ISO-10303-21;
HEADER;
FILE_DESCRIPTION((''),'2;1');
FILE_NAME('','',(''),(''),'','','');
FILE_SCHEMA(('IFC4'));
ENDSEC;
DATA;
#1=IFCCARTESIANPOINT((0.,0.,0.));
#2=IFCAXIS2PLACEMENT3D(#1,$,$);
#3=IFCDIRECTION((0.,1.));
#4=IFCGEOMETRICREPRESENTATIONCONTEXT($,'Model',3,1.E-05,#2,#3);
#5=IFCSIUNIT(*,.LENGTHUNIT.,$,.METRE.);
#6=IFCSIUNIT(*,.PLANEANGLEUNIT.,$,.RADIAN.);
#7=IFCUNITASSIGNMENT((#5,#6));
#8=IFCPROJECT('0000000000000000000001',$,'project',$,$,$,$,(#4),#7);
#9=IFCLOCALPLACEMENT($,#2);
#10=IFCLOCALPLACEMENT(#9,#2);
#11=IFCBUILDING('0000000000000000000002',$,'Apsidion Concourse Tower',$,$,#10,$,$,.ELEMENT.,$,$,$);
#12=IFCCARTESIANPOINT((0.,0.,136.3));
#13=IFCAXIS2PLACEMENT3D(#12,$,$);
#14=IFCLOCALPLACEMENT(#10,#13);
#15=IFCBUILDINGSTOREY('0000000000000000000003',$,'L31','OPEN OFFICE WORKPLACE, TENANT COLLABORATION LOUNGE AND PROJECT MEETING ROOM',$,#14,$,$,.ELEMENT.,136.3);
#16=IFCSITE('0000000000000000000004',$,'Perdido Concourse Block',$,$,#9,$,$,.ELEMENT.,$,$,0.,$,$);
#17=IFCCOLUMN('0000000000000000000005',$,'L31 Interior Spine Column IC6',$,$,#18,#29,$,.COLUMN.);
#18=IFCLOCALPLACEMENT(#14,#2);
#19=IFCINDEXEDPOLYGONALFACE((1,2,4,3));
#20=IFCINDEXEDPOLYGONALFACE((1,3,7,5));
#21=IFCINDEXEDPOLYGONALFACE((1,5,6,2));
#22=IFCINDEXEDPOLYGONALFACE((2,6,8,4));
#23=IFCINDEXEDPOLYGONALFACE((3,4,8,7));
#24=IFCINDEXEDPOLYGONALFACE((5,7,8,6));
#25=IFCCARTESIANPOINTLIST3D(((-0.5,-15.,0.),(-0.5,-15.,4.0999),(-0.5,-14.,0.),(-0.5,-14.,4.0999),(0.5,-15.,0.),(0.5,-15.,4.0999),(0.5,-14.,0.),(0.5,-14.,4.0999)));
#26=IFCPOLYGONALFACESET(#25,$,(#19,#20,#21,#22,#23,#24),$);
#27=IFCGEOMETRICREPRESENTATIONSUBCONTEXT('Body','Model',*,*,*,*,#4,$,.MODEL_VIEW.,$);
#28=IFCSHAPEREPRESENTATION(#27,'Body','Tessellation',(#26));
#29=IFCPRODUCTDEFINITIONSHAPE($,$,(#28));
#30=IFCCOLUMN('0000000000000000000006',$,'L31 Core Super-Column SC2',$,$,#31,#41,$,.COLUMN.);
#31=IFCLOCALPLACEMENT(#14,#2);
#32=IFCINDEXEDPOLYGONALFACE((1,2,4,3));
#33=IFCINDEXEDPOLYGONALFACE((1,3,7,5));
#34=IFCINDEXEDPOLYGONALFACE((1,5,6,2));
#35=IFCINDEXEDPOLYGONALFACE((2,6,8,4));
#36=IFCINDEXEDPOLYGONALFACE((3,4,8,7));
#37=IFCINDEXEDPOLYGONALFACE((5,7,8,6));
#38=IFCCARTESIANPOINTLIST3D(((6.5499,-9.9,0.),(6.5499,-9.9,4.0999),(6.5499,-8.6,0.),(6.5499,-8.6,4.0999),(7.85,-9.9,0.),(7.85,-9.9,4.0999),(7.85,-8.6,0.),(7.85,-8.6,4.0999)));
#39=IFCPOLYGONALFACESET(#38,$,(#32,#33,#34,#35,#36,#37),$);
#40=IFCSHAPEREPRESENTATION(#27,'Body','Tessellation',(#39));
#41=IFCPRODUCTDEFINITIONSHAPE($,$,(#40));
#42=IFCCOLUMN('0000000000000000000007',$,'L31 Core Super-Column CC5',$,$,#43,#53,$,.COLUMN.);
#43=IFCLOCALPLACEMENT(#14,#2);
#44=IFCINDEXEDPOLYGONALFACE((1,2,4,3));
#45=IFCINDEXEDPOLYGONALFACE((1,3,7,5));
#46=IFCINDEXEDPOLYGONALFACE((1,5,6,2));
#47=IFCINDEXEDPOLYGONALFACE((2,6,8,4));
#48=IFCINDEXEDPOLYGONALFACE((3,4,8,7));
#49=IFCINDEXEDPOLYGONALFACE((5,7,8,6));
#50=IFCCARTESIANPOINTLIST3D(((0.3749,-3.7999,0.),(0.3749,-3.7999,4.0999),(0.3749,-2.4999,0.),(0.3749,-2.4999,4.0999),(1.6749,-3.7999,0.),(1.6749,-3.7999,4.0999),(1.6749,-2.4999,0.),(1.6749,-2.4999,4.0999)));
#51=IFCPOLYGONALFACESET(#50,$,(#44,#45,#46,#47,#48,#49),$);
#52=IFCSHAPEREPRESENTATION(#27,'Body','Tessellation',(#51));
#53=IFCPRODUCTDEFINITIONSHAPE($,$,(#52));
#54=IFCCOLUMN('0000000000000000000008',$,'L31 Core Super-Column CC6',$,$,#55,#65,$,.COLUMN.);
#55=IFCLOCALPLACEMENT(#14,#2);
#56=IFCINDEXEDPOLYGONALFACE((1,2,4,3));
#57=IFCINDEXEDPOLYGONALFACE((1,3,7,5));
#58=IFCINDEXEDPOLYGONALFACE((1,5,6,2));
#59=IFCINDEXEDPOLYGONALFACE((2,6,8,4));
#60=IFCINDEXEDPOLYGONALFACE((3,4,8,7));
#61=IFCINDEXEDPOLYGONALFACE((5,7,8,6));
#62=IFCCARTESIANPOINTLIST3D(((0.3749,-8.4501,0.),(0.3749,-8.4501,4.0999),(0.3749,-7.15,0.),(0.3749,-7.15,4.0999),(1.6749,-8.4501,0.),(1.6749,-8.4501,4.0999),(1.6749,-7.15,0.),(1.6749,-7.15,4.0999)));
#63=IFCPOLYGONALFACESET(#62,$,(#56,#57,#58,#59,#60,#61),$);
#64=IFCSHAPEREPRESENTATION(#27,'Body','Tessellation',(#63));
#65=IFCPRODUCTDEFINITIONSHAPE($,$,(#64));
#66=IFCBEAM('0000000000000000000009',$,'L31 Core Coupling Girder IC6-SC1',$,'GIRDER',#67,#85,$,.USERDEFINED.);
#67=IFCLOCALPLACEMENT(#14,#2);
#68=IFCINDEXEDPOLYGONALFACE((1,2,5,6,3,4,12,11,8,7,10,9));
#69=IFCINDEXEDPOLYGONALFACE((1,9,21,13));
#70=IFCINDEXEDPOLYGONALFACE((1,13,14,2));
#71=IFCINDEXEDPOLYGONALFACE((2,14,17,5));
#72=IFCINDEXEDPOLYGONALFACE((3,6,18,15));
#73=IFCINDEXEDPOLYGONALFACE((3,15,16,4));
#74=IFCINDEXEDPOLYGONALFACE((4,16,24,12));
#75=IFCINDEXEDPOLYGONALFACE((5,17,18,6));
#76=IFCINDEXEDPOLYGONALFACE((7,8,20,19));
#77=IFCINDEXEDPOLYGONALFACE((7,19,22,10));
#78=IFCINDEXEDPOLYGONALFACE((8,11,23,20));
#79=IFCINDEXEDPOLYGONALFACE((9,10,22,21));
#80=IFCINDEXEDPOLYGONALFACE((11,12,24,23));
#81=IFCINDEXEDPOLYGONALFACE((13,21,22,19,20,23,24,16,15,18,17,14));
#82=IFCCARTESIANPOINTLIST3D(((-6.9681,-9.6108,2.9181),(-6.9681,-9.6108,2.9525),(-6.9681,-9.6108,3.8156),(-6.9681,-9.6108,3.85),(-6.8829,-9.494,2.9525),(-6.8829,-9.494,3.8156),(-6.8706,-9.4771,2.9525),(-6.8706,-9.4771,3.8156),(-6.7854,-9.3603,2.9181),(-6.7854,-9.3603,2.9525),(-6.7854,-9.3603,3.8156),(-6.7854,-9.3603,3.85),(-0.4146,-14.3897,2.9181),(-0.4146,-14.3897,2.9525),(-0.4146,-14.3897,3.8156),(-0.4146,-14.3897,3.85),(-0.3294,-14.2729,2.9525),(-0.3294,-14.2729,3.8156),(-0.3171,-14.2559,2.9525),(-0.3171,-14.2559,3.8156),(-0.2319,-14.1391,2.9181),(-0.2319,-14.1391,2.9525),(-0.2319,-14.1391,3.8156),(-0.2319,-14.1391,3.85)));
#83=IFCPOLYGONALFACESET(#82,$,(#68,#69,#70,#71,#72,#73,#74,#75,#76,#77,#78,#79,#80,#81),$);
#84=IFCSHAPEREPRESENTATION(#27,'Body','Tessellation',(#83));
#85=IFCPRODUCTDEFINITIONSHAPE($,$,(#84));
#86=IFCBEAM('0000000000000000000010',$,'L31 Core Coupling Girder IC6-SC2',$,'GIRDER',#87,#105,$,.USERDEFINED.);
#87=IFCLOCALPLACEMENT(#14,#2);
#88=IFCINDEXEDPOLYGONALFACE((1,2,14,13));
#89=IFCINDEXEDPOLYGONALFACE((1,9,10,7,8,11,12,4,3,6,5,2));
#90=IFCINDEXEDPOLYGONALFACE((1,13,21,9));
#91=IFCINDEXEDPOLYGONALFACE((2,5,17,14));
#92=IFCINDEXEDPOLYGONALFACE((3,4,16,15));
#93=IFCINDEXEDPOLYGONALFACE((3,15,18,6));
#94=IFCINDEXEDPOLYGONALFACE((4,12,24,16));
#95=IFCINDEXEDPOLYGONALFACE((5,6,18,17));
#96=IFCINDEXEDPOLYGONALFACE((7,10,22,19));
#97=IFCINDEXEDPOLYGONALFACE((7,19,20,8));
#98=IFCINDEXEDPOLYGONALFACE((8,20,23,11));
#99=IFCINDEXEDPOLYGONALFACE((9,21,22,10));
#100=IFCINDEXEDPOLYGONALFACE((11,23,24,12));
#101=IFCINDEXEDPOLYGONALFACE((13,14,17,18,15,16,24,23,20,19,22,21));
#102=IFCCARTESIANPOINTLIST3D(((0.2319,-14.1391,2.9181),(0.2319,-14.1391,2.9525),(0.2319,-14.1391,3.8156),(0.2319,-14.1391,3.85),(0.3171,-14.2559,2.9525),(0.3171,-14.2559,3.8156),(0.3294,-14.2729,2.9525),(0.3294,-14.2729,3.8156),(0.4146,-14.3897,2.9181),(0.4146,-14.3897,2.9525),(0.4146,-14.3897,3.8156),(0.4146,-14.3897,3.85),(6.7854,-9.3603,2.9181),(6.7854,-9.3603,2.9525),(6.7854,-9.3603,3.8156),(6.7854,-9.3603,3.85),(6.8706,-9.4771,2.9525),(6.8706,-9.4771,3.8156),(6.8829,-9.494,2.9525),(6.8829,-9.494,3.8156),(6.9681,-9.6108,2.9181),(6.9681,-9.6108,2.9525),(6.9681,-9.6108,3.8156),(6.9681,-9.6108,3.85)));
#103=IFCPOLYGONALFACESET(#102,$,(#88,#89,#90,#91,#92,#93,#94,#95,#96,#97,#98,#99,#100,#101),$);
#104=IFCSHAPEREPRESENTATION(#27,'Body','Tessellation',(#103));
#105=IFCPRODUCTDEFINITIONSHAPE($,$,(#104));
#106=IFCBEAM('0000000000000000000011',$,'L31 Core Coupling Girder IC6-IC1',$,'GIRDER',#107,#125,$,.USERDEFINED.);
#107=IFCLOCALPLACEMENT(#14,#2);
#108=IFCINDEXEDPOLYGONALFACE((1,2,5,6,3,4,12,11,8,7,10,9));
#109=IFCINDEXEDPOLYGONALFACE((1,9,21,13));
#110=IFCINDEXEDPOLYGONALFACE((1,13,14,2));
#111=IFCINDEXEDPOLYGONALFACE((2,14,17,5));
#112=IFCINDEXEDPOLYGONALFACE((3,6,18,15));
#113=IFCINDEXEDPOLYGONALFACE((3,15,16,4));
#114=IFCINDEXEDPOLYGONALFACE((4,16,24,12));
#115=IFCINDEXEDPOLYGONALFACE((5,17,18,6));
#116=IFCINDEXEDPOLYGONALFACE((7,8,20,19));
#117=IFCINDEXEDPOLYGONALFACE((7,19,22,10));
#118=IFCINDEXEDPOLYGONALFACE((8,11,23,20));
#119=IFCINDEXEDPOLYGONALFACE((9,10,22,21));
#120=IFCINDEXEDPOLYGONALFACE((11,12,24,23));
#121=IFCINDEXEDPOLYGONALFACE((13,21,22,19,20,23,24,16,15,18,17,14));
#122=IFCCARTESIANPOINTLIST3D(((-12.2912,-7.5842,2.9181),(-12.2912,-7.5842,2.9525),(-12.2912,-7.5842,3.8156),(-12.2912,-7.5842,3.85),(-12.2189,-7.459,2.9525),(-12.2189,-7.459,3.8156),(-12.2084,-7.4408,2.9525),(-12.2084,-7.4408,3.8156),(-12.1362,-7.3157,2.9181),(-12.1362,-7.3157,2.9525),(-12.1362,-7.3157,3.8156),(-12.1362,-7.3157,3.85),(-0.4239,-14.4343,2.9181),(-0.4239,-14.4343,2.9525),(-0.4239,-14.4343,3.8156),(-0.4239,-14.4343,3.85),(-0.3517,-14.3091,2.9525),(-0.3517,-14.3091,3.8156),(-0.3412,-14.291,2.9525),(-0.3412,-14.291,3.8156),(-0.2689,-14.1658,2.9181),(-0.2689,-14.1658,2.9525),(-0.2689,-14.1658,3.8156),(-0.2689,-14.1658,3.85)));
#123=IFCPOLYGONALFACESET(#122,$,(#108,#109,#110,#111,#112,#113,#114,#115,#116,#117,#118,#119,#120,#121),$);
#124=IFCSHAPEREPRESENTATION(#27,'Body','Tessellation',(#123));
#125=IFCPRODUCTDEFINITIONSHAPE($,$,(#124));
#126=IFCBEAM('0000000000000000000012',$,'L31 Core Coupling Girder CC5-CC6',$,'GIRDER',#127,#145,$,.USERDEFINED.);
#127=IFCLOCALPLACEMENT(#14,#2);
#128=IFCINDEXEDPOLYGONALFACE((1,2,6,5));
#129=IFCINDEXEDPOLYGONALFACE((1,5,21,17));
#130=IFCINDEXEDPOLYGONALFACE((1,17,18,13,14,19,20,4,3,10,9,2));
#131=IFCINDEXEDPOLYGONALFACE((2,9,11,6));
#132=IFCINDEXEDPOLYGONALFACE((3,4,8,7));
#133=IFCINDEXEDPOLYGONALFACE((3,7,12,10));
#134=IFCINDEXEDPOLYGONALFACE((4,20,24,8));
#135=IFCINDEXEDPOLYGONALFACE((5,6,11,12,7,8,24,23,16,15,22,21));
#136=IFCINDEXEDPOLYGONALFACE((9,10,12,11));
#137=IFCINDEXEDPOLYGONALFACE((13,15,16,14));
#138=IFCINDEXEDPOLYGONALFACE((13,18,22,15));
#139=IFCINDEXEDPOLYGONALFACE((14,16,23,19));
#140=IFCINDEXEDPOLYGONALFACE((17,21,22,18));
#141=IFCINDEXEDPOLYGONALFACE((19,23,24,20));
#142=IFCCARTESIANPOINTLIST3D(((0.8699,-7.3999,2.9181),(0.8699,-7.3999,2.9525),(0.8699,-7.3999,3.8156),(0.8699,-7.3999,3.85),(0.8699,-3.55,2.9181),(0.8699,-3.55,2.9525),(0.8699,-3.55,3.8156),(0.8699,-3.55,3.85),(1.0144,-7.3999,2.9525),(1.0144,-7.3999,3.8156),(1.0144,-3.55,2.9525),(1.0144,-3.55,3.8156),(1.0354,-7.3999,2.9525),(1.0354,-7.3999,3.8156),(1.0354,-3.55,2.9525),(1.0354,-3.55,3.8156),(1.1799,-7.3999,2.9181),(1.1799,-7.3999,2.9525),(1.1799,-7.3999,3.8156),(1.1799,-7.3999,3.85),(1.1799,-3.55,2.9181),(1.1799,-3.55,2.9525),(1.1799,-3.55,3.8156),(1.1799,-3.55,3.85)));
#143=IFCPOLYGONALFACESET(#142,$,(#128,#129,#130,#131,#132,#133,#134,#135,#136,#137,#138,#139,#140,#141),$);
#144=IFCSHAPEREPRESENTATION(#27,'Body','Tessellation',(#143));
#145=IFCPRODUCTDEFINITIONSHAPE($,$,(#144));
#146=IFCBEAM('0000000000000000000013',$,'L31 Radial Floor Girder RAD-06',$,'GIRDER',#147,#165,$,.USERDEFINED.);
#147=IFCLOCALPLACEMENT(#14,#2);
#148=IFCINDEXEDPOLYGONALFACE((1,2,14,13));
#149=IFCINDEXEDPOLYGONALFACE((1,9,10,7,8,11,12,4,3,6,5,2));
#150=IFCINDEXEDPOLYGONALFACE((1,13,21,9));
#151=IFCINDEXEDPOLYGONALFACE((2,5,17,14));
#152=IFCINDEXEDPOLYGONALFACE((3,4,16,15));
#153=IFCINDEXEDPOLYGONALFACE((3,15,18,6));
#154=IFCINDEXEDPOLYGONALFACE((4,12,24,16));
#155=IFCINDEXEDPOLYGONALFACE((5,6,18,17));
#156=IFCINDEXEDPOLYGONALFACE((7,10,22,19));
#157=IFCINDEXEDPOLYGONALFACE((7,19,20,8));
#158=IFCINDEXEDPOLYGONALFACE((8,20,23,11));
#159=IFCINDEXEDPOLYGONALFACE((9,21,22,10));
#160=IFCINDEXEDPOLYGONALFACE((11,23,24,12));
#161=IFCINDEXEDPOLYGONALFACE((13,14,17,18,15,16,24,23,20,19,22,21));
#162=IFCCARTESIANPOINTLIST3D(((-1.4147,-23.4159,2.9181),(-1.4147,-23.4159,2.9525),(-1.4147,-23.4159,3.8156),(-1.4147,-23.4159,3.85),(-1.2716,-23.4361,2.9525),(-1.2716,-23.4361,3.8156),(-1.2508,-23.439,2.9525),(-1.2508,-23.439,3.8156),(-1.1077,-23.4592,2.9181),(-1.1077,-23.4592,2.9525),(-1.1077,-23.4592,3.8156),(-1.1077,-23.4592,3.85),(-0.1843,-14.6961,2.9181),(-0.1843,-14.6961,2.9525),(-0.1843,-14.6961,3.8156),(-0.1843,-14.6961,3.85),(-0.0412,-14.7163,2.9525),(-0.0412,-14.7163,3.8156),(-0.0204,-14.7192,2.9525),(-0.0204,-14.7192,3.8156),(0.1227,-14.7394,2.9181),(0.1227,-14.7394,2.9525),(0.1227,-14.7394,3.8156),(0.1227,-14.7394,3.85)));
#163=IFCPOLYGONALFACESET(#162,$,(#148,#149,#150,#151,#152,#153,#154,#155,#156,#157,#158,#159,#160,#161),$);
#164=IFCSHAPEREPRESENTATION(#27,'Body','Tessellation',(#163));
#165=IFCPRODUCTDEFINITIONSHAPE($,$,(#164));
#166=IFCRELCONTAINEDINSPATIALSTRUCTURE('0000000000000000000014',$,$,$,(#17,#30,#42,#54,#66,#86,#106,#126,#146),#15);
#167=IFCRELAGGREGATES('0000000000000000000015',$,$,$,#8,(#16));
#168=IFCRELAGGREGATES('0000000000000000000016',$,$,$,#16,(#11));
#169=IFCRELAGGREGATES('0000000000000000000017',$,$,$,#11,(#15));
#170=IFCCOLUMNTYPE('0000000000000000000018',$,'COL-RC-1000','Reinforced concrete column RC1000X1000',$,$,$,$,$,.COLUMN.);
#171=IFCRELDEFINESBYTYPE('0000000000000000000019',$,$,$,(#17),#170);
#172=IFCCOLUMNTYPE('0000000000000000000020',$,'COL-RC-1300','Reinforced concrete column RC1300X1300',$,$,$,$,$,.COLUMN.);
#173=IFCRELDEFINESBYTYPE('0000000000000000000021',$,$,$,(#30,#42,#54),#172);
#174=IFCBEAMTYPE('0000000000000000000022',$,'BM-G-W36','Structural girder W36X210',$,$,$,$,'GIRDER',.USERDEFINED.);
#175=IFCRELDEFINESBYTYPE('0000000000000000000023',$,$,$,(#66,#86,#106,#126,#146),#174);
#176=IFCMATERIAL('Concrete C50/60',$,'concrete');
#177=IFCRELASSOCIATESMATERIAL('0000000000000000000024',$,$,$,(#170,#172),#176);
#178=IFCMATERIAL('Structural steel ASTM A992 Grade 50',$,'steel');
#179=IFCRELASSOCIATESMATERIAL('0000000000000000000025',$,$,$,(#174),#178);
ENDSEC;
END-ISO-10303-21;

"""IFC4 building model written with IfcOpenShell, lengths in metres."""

from ifc_helpers import new_model, si_unit, direction, frame, origin, origin_2d, place, context, subcontext, project, spatial, rectangle, i_section, extrude, material, material_profile, profile_set, type_object, element, save


model = new_model("IFC4")

# Units and contexts
model_context = context("Model", 3, precision=1e-05, world=origin(), true_north=direction((0.0, 1.0)))
body_context = subcontext(model_context, "Body", "Model", "MODEL_VIEW")
ifc_project = project(units=[si_unit("LENGTHUNIT", "METRE"), si_unit("PLANEANGLEUNIT", "RADIAN")], contexts=[model_context])

# Site, building, storey
site_placement = place(None, origin())
site = spatial("IfcSite", under=ifc_project, at=site_placement, Name="Perdido Concourse Block", CompositionType="ELEMENT", RefElevation=0.0)
building_placement = place(site_placement, origin())
building = spatial("IfcBuilding", under=site, at=building_placement, Name="Apsidion Concourse Tower", CompositionType="ELEMENT")
storey_placement = place(building_placement, frame((0.0, 0.0, 136.3)))
storey = spatial("IfcBuildingStorey", under=building, at=storey_placement, Name="L31", Description="OPEN OFFICE WORKPLACE, TENANT COLLABORATION LOUNGE AND PROJECT MEETING ROOM", CompositionType="ELEMENT", Elevation=136.3)

# Columns
ifc_material_1 = material(Name="Concrete C50/60", Category="concrete")
ifc_material_profile_1 = material_profile(ifc_material_1, rectangle(XDim=1.0, YDim=1.0, at=origin_2d()), Name="RC 1000x1000")
ifc_profile_set_1 = profile_set([ifc_material_profile_1], Name="Concrete C50/60")
column_type_1 = type_object("IfcColumnType", Name="COL-RC-1000", Description="Reinforced concrete column RC1000X1000", PredefinedType="COLUMN", material=ifc_profile_set_1)
column_placement = place(storey_placement, frame((0.0, -14.5, 0.0), z_axis=(0.0, 0.0, 1.0), x_axis=(1.0, 0.0, 0.0)))
element("IfcColumn", 1, at=column_placement, inside=storey, type_object=column_type_1, Name="L31 Interior Spine Column IC6", PredefinedType="COLUMN", context=body_context, shape_type="SweptSolid", body=[
    extrude(rectangle(XDim=1.0, YDim=1.0, at=origin_2d()), origin(), (0.0, 0.0, 1.0), 4.0999),
])
ifc_material_profile_2 = material_profile(ifc_material_1, rectangle(XDim=1.3, YDim=1.3, at=origin_2d()), Name="RC 1300x1300")
ifc_profile_set_2 = profile_set([ifc_material_profile_2], Name="Concrete C50/60")
column_type_2 = type_object("IfcColumnType", Name="COL-RC-1300", Description="Reinforced concrete column RC1300X1300", PredefinedType="COLUMN", material=ifc_profile_set_2)
for number, where, z_axis, x_axis, name in (
    (2, (7.2, -9.25, 0.0), (0.0, 0.0, 1.0), (1.0, 0.0, 0.0), "L31 Core Super-Column SC2"),
    (3, (1.0249, -3.1499, 0.0), (0.0, 0.0, 1.0), (1.0, 0.0, 0.0), "L31 Core Super-Column CC5"),
    (4, (1.0249, -7.8, 0.0), (0.0, 0.0, 1.0), (1.0, 0.0, 0.0), "L31 Core Super-Column CC6"),
):
    element("IfcColumn", number, at=place(storey_placement, frame(where, z_axis=z_axis, x_axis=x_axis)), inside=storey, type_object=column_type_2, Name=name, PredefinedType="COLUMN", context=body_context, shape_type="SweptSolid", body=[
        extrude(rectangle(XDim=1.3, YDim=1.3, at=origin_2d()), origin(), (0.0, 0.0, 1.0), 4.0999),
    ])

# Beams
ifc_material_2 = material(Name="Structural steel ASTM A992 Grade 50", Category="steel")
ifc_material_profile_3 = material_profile(ifc_material_2, i_section(OverallWidth=0.3101, OverallDepth=0.9319, WebThickness=0.021, FlangeThickness=0.0344, at=origin_2d()), Name="W36X210")
ifc_profile_set_3 = profile_set([ifc_material_profile_3], Name="Structural steel ASTM A992 Grade 50")
beam_type = type_object("IfcBeamType", Name="BM-G-W36", Description="Structural girder W36X210", ElementType="GIRDER", PredefinedType="USERDEFINED", material=ifc_profile_set_3)
for number, where, z_axis, x_axis, name in (
    (5, (-0.3232, -14.2644, 3.384), (-0.807993, 0.589191, 0.0), (-0.589191, -0.807993, 0.0), "L31 Core Coupling Girder IC6-SC1"),
    (6, (0.3232, -14.2644, 3.384), (0.807993, 0.589191, 0.0), (-0.589191, 0.807993, 0.0), "L31 Core Coupling Girder IC6-SC2"),
):
    element("IfcBeam", number, at=place(storey_placement, frame(where, z_axis=z_axis, x_axis=x_axis)), inside=storey, type_object=beam_type, Name=name, ObjectType="GIRDER", PredefinedType="USERDEFINED", context=body_context, shape_type="SweptSolid", body=[
        extrude(i_section(OverallWidth=0.3101, OverallDepth=0.9319, WebThickness=0.021, FlangeThickness=0.0344, at=origin_2d()), origin(), (0.0, 0.0, 1.0), 8.1108),
    ])
beam_1_placement = place(storey_placement, frame((-0.3464, -14.3, 3.384), z_axis=(-0.86607, 0.499922, 0.0), x_axis=(-0.499922, -0.86607, 0.0)))
element("IfcBeam", 7, at=beam_1_placement, inside=storey, type_object=beam_type, Name="L31 Core Coupling Girder IC6-IC1", ObjectType="GIRDER", PredefinedType="USERDEFINED", context=body_context, shape_type="SweptSolid", body=[
    extrude(i_section(OverallWidth=0.3101, OverallDepth=0.9319, WebThickness=0.021, FlangeThickness=0.0344, at=origin_2d()), origin(), (0.0, 0.0, 1.0), 13.7024),
])
beam_2_placement = place(storey_placement, frame((1.0249, -3.55, 3.384), z_axis=(0.0, -1.0, 0.0), x_axis=(1.0, 0.0, 0.0)))
element("IfcBeam", 8, at=beam_2_placement, inside=storey, type_object=beam_type, Name="L31 Core Coupling Girder CC5-CC6", ObjectType="GIRDER", PredefinedType="USERDEFINED", context=body_context, shape_type="SweptSolid", body=[
    extrude(i_section(OverallWidth=0.3101, OverallDepth=0.9319, WebThickness=0.021, FlangeThickness=0.0344, at=origin_2d()), origin(), (0.0, 0.0, 1.0), 3.8499),
])
beam_3_placement = place(storey_placement, frame((-0.0308, -14.7178, 3.384), z_axis=(-0.139729, -0.99019, 0.0), x_axis=(0.99019, -0.139729, 0.0)))
element("IfcBeam", 9, at=beam_3_placement, inside=storey, type_object=beam_type, Name="L31 Radial Floor Girder RAD-06", ObjectType="GIRDER", PredefinedType="USERDEFINED", context=body_context, shape_type="SweptSolid", body=[
    extrude(i_section(OverallWidth=0.3101, OverallDepth=0.9319, WebThickness=0.021, FlangeThickness=0.0344, at=origin_2d()), origin(), (0.0, 0.0, 1.0), 8.8062),
])

save(model, "model.ifc")
